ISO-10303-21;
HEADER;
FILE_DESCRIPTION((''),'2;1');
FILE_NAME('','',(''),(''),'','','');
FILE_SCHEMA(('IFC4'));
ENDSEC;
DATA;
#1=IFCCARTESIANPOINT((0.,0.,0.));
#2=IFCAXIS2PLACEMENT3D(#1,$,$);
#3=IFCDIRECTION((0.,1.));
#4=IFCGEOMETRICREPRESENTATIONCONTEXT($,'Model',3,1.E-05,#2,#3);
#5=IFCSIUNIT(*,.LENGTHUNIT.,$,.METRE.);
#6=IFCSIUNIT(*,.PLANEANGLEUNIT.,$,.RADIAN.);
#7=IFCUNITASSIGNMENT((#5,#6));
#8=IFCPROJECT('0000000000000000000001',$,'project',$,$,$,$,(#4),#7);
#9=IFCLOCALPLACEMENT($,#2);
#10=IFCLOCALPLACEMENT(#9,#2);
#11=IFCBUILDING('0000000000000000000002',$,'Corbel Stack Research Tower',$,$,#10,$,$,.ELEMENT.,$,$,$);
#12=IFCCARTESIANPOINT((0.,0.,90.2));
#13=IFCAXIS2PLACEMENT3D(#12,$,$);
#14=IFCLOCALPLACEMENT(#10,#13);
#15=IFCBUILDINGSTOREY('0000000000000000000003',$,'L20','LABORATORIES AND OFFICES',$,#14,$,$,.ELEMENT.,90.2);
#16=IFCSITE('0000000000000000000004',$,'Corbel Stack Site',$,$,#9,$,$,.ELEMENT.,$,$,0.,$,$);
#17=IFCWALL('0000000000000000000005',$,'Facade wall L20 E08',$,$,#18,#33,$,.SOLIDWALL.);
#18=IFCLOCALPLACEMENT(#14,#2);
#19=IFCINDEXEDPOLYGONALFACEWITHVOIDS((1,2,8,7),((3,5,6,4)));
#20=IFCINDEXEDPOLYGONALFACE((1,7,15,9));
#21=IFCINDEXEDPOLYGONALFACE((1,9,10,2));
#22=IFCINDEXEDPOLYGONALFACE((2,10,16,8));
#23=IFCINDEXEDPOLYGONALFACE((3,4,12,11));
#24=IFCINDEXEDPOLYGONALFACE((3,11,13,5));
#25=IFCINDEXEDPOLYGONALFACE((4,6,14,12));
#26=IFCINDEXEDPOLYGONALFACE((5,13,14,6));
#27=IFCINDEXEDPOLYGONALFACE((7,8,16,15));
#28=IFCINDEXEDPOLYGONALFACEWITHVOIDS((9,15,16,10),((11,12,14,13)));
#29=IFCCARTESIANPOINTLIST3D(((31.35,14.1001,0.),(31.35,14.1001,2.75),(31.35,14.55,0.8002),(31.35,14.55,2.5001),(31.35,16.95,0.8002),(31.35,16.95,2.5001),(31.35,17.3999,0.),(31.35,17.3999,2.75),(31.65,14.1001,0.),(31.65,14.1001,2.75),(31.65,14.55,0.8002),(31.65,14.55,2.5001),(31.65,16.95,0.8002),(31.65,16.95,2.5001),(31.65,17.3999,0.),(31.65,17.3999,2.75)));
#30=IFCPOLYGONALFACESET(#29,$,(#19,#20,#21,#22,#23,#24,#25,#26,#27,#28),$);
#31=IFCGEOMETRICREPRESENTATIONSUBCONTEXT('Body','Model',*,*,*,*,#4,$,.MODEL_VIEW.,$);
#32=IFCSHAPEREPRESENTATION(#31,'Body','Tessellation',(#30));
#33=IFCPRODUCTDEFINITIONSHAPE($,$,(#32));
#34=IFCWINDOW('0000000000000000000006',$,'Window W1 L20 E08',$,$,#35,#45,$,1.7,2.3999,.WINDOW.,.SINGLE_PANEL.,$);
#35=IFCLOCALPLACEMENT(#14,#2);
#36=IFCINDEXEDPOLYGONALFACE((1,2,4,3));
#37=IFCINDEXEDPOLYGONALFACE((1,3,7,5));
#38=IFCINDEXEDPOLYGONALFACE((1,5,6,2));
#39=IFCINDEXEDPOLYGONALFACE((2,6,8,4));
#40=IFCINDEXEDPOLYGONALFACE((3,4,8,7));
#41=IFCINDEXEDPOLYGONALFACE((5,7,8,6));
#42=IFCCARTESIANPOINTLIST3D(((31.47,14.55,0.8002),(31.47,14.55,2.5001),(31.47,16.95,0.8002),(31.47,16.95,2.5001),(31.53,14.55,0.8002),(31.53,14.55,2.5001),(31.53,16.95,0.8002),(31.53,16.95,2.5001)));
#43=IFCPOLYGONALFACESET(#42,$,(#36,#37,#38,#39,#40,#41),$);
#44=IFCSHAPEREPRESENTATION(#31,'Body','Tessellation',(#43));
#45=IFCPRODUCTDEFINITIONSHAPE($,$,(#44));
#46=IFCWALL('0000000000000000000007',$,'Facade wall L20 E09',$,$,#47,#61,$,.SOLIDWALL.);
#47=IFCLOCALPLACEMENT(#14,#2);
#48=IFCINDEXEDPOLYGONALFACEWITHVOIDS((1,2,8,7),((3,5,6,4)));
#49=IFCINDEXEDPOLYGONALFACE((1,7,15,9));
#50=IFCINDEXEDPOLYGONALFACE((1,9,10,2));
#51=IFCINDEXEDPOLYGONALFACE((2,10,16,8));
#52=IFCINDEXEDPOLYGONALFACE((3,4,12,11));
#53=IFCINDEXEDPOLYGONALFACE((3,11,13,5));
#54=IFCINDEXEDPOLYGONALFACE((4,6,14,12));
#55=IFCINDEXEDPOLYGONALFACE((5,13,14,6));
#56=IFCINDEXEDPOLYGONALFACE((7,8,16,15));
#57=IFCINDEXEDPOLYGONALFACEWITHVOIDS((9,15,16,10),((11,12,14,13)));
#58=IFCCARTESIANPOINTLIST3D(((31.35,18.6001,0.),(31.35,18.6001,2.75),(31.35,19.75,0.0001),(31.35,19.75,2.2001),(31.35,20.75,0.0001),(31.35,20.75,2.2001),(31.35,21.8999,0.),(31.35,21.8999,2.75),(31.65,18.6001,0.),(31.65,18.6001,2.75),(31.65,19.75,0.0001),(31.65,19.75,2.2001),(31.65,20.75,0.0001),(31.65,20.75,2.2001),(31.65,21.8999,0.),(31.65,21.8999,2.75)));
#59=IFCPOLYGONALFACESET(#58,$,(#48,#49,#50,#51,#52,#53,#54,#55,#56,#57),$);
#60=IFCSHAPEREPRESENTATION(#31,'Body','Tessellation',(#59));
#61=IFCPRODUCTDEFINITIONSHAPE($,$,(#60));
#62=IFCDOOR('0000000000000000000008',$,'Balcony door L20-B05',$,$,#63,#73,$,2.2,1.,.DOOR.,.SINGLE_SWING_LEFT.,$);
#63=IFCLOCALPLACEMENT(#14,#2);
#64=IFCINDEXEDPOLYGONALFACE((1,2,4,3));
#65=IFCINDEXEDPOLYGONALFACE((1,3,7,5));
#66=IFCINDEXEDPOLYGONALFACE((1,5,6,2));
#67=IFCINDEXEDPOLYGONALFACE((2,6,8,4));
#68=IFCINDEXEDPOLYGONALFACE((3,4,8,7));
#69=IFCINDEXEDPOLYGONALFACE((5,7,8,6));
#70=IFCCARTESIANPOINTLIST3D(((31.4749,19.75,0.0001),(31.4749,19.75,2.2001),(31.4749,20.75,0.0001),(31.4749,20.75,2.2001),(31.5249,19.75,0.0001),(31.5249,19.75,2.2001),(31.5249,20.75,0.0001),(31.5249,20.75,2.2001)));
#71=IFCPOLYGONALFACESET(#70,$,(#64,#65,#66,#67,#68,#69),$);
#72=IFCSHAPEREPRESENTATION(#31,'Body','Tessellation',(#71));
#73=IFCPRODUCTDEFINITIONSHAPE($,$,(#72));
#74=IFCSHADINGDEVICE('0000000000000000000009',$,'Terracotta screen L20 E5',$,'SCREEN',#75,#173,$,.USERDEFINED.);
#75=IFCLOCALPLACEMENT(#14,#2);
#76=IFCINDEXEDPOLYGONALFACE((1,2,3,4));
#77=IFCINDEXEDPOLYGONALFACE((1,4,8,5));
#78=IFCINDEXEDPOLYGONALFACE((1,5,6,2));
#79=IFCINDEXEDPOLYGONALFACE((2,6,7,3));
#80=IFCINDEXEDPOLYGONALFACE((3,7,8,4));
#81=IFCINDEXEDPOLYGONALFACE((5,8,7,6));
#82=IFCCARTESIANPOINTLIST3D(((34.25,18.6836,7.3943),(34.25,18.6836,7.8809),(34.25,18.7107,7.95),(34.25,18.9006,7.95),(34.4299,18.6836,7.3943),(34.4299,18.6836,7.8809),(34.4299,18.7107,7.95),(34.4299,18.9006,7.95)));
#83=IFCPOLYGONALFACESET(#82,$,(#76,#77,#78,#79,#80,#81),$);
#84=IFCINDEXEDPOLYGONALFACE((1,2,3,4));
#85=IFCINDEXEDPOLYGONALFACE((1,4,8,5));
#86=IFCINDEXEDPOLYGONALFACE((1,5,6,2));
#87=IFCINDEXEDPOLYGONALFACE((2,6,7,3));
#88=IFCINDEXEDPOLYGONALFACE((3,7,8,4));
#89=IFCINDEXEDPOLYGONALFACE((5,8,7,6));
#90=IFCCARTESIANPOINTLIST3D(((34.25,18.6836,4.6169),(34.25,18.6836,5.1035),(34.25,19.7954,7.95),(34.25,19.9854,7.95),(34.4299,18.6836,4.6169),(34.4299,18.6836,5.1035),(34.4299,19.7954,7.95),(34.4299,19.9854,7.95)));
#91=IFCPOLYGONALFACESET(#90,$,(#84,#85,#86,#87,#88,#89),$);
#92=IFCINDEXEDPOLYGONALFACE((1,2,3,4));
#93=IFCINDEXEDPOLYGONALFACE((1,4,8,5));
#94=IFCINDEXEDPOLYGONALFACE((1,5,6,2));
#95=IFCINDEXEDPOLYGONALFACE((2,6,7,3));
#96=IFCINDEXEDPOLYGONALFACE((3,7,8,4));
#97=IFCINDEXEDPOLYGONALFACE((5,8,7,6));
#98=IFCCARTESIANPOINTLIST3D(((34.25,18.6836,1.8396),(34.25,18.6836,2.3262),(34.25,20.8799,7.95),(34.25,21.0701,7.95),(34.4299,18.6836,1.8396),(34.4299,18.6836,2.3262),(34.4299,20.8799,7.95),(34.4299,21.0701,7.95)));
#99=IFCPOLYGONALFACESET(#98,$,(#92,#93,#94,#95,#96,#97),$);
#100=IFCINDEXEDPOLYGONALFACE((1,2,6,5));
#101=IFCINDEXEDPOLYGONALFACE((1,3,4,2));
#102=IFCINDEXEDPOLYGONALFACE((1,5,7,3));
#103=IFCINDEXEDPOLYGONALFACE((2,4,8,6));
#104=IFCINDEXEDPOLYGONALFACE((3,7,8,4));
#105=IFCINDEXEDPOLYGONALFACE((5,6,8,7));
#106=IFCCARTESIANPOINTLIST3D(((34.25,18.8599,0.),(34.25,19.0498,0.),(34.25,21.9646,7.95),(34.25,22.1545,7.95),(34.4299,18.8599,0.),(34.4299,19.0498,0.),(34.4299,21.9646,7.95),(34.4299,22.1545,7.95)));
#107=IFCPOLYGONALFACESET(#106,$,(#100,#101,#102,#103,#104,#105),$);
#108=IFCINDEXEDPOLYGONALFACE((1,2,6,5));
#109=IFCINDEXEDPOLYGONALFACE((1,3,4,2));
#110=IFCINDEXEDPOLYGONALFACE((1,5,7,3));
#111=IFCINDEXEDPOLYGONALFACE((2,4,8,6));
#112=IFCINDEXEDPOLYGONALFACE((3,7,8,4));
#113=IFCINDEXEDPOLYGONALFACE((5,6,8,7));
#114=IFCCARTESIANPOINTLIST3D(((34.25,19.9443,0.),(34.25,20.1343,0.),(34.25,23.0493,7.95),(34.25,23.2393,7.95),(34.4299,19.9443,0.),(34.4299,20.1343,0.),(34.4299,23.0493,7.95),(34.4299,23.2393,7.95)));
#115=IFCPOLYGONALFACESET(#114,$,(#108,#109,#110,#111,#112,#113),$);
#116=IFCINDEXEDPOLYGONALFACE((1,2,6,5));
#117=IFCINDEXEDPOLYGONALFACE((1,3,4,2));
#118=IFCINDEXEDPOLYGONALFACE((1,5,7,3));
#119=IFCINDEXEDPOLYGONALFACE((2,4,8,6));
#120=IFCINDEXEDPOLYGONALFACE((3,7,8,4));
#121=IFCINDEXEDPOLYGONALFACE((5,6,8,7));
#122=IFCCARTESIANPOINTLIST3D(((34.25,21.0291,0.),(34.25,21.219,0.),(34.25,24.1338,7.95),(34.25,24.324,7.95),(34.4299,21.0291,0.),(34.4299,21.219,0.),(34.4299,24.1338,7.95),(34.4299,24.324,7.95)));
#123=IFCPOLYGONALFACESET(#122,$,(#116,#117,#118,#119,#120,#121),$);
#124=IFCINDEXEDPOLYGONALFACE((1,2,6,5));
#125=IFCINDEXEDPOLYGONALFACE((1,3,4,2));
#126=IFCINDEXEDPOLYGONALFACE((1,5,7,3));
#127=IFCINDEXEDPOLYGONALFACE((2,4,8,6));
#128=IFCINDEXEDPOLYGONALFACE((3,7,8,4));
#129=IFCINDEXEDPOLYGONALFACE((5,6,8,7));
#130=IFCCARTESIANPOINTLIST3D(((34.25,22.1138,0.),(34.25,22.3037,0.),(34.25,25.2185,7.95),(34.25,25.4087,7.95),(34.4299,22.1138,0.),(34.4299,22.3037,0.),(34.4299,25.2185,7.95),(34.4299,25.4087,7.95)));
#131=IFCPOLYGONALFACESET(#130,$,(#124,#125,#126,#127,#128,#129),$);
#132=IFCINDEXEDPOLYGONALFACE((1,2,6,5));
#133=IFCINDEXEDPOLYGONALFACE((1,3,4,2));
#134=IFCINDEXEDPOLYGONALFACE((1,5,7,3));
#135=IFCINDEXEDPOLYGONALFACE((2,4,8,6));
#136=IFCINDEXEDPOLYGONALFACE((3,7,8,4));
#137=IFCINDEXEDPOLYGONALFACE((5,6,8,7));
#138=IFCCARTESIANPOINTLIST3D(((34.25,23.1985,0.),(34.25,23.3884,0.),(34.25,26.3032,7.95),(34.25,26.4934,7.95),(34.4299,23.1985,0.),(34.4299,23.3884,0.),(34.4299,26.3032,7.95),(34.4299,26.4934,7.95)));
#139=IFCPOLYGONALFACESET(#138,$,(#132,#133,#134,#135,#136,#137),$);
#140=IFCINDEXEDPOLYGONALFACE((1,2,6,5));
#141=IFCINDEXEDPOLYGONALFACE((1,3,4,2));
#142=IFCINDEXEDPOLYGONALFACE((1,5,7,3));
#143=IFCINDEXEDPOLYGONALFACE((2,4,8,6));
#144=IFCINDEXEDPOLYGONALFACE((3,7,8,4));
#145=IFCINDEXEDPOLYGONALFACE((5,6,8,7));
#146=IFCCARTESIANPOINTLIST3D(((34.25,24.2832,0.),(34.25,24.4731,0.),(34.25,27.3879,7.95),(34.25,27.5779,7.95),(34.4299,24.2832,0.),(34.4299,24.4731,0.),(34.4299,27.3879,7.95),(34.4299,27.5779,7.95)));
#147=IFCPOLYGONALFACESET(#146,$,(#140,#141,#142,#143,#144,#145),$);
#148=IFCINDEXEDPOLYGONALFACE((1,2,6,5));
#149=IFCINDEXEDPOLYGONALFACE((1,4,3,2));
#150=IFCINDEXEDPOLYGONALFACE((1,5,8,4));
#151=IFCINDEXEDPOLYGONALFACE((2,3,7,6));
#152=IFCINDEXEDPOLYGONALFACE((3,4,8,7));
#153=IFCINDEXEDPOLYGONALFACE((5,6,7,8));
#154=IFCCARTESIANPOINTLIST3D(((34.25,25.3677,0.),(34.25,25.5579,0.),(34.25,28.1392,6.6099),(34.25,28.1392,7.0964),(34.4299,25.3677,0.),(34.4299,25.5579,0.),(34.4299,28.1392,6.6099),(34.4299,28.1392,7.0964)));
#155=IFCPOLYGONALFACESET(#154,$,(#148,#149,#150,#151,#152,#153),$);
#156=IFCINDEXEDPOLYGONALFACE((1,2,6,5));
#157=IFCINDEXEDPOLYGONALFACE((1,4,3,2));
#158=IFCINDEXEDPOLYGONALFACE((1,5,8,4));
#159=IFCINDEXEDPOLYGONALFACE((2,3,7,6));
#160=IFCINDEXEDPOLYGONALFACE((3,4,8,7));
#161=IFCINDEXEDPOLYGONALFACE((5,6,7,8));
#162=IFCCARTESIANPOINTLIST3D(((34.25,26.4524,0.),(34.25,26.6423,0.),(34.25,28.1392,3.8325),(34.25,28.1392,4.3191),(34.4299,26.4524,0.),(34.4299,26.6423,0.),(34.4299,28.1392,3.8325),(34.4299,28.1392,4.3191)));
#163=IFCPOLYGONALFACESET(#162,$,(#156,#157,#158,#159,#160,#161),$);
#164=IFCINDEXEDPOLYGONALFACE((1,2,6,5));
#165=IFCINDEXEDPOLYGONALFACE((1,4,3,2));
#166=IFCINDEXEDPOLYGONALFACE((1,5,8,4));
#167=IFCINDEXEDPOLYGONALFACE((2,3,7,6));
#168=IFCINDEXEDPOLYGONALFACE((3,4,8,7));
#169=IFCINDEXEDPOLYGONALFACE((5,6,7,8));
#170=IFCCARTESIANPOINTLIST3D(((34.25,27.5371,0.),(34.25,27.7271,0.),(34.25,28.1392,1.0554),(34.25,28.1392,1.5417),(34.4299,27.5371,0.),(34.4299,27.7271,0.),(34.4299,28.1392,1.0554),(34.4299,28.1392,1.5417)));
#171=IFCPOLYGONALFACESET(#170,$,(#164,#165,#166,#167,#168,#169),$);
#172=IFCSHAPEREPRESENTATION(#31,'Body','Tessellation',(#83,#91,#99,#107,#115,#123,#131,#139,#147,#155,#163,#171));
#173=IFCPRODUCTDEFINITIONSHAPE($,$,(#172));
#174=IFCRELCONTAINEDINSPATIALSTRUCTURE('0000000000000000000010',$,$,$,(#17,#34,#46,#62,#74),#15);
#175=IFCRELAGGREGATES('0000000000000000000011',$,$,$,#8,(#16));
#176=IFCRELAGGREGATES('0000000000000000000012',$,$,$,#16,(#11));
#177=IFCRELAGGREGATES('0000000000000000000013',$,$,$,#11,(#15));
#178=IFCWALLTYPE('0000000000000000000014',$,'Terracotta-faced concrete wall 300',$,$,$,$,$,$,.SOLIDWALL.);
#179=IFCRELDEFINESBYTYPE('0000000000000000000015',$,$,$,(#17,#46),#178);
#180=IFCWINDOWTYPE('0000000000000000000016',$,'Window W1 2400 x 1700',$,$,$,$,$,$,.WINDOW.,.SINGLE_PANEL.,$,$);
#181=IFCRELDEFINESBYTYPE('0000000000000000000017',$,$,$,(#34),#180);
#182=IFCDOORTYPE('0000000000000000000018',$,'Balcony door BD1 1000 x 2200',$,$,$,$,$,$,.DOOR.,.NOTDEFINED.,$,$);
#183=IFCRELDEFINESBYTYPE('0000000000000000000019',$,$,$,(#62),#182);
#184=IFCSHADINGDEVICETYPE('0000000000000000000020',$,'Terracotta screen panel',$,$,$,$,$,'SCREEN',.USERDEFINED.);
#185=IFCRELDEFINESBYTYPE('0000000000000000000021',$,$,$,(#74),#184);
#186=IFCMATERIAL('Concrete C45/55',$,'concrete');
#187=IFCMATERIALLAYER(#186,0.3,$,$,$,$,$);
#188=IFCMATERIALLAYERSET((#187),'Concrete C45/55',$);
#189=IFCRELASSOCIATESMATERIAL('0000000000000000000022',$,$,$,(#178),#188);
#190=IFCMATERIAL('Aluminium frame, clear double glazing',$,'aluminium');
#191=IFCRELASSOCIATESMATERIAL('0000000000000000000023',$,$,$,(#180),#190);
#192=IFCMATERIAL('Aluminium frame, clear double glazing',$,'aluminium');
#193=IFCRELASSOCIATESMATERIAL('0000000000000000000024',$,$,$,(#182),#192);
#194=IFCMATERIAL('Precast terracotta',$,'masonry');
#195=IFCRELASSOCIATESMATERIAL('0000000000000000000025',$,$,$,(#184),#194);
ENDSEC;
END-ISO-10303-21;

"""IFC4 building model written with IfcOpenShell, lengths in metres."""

from ifc_helpers import new_model, si_unit, direction, frame, frame_2d, origin, place, context, subcontext, project, spatial, polyline, rectangle, outline, extrude, source, transform, mapped, material, layer, layer_set, type_object, element, fill, save


model = new_model("IFC4")

# Units and contexts
model_context = context("Model", 3, precision=1e-05, world=origin(), true_north=direction((0.0, 1.0)))
body_context = subcontext(model_context, "Body", "Model", "MODEL_VIEW")
ifc_project = project(units=[si_unit("LENGTHUNIT", "METRE"), si_unit("PLANEANGLEUNIT", "RADIAN")], contexts=[model_context])

# Site, building, storey
site_placement = place(None, origin())
site = spatial("IfcSite", under=ifc_project, at=site_placement, Name="Corbel Stack Site", CompositionType="ELEMENT", RefElevation=0.0)
building_placement = place(site_placement, origin())
building = spatial("IfcBuilding", under=site, at=building_placement, Name="Corbel Stack Research Tower", CompositionType="ELEMENT")
storey_placement = place(building_placement, frame((0.0, 0.0, 90.2)))
storey = spatial("IfcBuildingStorey", under=building, at=storey_placement, Name="L20", Description="LABORATORIES AND OFFICES", CompositionType="ELEMENT", Elevation=90.2)

# Wall, opening, window
ifc_material_1 = material(Name="Concrete C45/55", Category="concrete")
ifc_layer_1 = layer(ifc_material_1, 0.3)
ifc_layer_set_1 = layer_set([ifc_layer_1], Name="Concrete C45/55")
wall_type_1 = type_object("IfcWallType", Name="Terracotta-faced concrete wall 300", PredefinedType="SOLIDWALL", material=ifc_layer_set_1)
ifc_material_2 = material(Name="Aluminium frame, clear double glazing", Category="aluminium")
window_type = type_object("IfcWindowType", Name="Window W1 2400 x 1700", PartitioningType="SINGLE_PANEL", PredefinedType="WINDOW", material=ifc_material_2)
wall_1_placement = place(storey_placement, frame((31.5, 17.3999, 0.0), z_axis=(0.0, 0.0, 1.0), x_axis=(0.0, -1.0, 0.0)))
wall_1 = element("IfcWall", 1, at=wall_1_placement, inside=storey, type_object=wall_type_1, Name="Facade wall L20 E08", PredefinedType="SOLIDWALL", context=body_context, shape_type="SweptSolid", body=[
    extrude(rectangle(XDim=3.2998, YDim=0.3, at=frame_2d((1.6499, 0.0))), origin(), (0.0, 0.0, 1.0), 2.75),
])
opening_1_placement = place(wall_1_placement, frame((0.45, 0.0, 0.8)))
opening_1 = element("IfcOpeningElement", 2, at=opening_1_placement, cuts=wall_1, PredefinedType="OPENING", context=body_context, shape_type="SweptSolid", body=[
    extrude(rectangle(XDim=2.3999, YDim=1.7, at=frame_2d((1.2, 0.8501))), frame((0.0, 0.1599, 0.0), z_axis=(0.0, -1.0, 0.0), x_axis=(1.0, 0.0, 0.0)), (0.0, 0.0, 1.0), 0.3201),
])
window_1_placement = place(opening_1_placement, origin())
window_1 = element("IfcWindow", 3, at=window_1_placement, inside=storey, type_object=window_type, Name="Window W1 L20 E08", OverallHeight=1.7, OverallWidth=2.3999, PartitioningType="SINGLE_PANEL", PredefinedType="WINDOW", context=body_context, shape_type="SweptSolid", body=[
    extrude(rectangle(XDim=2.3999, YDim=1.7, at=frame_2d((1.2, 0.8501))), frame((0.0, 0.03, 0.0), z_axis=(0.0, -1.0, 0.0), x_axis=(1.0, 0.0, 0.0)), (0.0, 0.0, 1.0), 0.0601),
])
fill(opening_1, window_1)

# Wall, opening, door
wall_2_placement = place(storey_placement, frame((31.5, 21.8999, 0.0), z_axis=(0.0, 0.0, 1.0), x_axis=(0.0, -1.0, 0.0)))
wall_2 = element("IfcWall", 4, at=wall_2_placement, inside=storey, type_object=wall_type_1, Name="Facade wall L20 E09", PredefinedType="SOLIDWALL", context=body_context, shape_type="SweptSolid", body=[
    extrude(rectangle(XDim=3.2998, YDim=0.3, at=frame_2d((1.6499, 0.0))), origin(), (0.0, 0.0, 1.0), 2.75),
])
opening_2_placement = place(wall_2_placement, frame((1.1499, 0.0, 0.0)))
opening_2 = element("IfcOpeningElement", 5, at=opening_2_placement, cuts=wall_2, PredefinedType="OPENING", context=body_context, shape_type="SweptSolid", body=[
    extrude(rectangle(XDim=1.0, YDim=2.2, at=frame_2d((0.5, 1.1001))), frame((0.0, 0.1599, 0.0), z_axis=(0.0, -1.0, 0.0), x_axis=(1.0, 0.0, 0.0)), (0.0, 0.0, 1.0), 0.3201),
])
ifc_material_3 = material(Name="Aluminium frame, clear double glazing", Category="aluminium")
door_type_1 = type_object("IfcDoorType", Name="Balcony door BD1 1000 x 2200", OperationType="NOTDEFINED", PredefinedType="DOOR", material=ifc_material_3)
door_1_placement = place(opening_2_placement, origin())
door_1 = element("IfcDoor", 6, at=door_1_placement, inside=storey, type_object=door_type_1, Name="Balcony door L20-B05", OperationType="SINGLE_SWING_LEFT", OverallHeight=2.2, OverallWidth=1.0, PredefinedType="DOOR", context=body_context, shape_type="SweptSolid", body=[
    extrude(rectangle(XDim=1.0, YDim=2.2, at=frame_2d((0.5, 1.1001))), frame((0.0, 0.0249, 0.0), z_axis=(0.0, -1.0, 0.0), x_axis=(1.0, 0.0, 0.0)), (0.0, 0.0, 1.0), 0.05),
])
fill(opening_2, door_1)

# Shading device
ifc_material_4 = material(Name="Precast terracotta", Category="masonry")
shading_device_type = type_object("IfcShadingDeviceType", Name="Terracotta screen panel", ElementType="SCREEN", PredefinedType="USERDEFINED", material=ifc_material_4)
shared_shape_1 = source(origin(), body_context, "Body", "SweptSolid", [
    extrude(outline(polyline([(0.217, 7.95), (0.0271, 7.95), (0.0, 7.8809), (0.0, 7.3943), (0.217, 7.95)])), frame((0.0, 0.0, 0.0), z_axis=(0.0, -1.0, 0.0), x_axis=(1.0, 0.0, 0.0)), (0.0, 0.0, 1.0), 0.1799),
    extrude(outline(polyline([(1.3018, 7.95), (1.1118, 7.95), (0.0, 5.1035), (0.0, 4.6169), (1.3018, 7.95)])), frame((0.0, 0.0, 0.0), z_axis=(0.0, -1.0, 0.0), x_axis=(1.0, 0.0, 0.0)), (0.0, 0.0, 1.0), 0.1799),
    extrude(outline(polyline([(2.3865, 7.95), (2.1963, 7.95), (0.0, 2.3262), (0.0, 1.8396), (2.3865, 7.95)])), frame((0.0, 0.0, 0.0), z_axis=(0.0, -1.0, 0.0), x_axis=(1.0, 0.0, 0.0)), (0.0, 0.0, 1.0), 0.1799),
    extrude(outline(polyline([(0.3662, 0.0), (3.4709, 7.95), (3.281, 7.95), (0.1763, 0.0), (0.3662, 0.0)])), frame((0.0, 0.0, 0.0), z_axis=(0.0, -1.0, 0.0), x_axis=(1.0, 0.0, 0.0)), (0.0, 0.0, 1.0), 0.1799),
    extrude(outline(polyline([(1.4507, 0.0), (4.5557, 7.95), (4.3657, 7.95), (1.2607, 0.0), (1.4507, 0.0)])), frame((0.0, 0.0, 0.0), z_axis=(0.0, -1.0, 0.0), x_axis=(1.0, 0.0, 0.0)), (0.0, 0.0, 1.0), 0.1799),
    extrude(outline(polyline([(2.5354, 0.0), (5.6404, 7.95), (5.4502, 7.95), (2.3455, 0.0), (2.5354, 0.0)])), frame((0.0, 0.0, 0.0), z_axis=(0.0, -1.0, 0.0), x_axis=(1.0, 0.0, 0.0)), (0.0, 0.0, 1.0), 0.1799),
    extrude(outline(polyline([(3.6201, 0.0), (6.7251, 7.95), (6.5349, 7.95), (3.4302, 0.0), (3.6201, 0.0)])), frame((0.0, 0.0, 0.0), z_axis=(0.0, -1.0, 0.0), x_axis=(1.0, 0.0, 0.0)), (0.0, 0.0, 1.0), 0.1799),
    extrude(outline(polyline([(4.7048, 0.0), (7.8098, 7.95), (7.6196, 7.95), (4.5149, 0.0), (4.7048, 0.0)])), frame((0.0, 0.0, 0.0), z_axis=(0.0, -1.0, 0.0), x_axis=(1.0, 0.0, 0.0)), (0.0, 0.0, 1.0), 0.1799),
    extrude(outline(polyline([(5.7896, 0.0), (8.8943, 7.95), (8.7043, 7.95), (5.5996, 0.0), (5.7896, 0.0)])), frame((0.0, 0.0, 0.0), z_axis=(0.0, -1.0, 0.0), x_axis=(1.0, 0.0, 0.0)), (0.0, 0.0, 1.0), 0.1799),
    extrude(outline(polyline([(6.8743, 0.0), (9.4556, 6.6099), (9.4556, 7.0964), (6.6841, 0.0), (6.8743, 0.0)])), frame((0.0, 0.0, 0.0), z_axis=(0.0, -1.0, 0.0), x_axis=(1.0, 0.0, 0.0)), (0.0, 0.0, 1.0), 0.1799),
    extrude(outline(polyline([(7.9587, 0.0), (9.4556, 3.8325), (9.4556, 4.3191), (7.7688, 0.0), (7.9587, 0.0)])), frame((0.0, 0.0, 0.0), z_axis=(0.0, -1.0, 0.0), x_axis=(1.0, 0.0, 0.0)), (0.0, 0.0, 1.0), 0.1799),
    extrude(outline(polyline([(9.0435, 0.0), (9.4556, 1.0554), (9.4556, 1.5417), (8.8535, 0.0), (9.0435, 0.0)])), frame((0.0, 0.0, 0.0), z_axis=(0.0, -1.0, 0.0), x_axis=(1.0, 0.0, 0.0)), (0.0, 0.0, 1.0), 0.1799),
])
shading_device_1_placement = place(storey_placement, frame((34.25, 18.6836, 0.0), z_axis=(0.0, 0.0, 1.0), x_axis=(0.0, 1.0, 0.0)))
element("IfcShadingDevice", 7, at=shading_device_1_placement, inside=storey, type_object=shading_device_type, Name="Terracotta screen L20 E5", ObjectType="SCREEN", PredefinedType="USERDEFINED", context=body_context, shape_type="MappedRepresentation", body=[
    mapped(shared_shape_1, transform((0.0, 0.0, 0.0))),
])

save(model, "model.ifc")
